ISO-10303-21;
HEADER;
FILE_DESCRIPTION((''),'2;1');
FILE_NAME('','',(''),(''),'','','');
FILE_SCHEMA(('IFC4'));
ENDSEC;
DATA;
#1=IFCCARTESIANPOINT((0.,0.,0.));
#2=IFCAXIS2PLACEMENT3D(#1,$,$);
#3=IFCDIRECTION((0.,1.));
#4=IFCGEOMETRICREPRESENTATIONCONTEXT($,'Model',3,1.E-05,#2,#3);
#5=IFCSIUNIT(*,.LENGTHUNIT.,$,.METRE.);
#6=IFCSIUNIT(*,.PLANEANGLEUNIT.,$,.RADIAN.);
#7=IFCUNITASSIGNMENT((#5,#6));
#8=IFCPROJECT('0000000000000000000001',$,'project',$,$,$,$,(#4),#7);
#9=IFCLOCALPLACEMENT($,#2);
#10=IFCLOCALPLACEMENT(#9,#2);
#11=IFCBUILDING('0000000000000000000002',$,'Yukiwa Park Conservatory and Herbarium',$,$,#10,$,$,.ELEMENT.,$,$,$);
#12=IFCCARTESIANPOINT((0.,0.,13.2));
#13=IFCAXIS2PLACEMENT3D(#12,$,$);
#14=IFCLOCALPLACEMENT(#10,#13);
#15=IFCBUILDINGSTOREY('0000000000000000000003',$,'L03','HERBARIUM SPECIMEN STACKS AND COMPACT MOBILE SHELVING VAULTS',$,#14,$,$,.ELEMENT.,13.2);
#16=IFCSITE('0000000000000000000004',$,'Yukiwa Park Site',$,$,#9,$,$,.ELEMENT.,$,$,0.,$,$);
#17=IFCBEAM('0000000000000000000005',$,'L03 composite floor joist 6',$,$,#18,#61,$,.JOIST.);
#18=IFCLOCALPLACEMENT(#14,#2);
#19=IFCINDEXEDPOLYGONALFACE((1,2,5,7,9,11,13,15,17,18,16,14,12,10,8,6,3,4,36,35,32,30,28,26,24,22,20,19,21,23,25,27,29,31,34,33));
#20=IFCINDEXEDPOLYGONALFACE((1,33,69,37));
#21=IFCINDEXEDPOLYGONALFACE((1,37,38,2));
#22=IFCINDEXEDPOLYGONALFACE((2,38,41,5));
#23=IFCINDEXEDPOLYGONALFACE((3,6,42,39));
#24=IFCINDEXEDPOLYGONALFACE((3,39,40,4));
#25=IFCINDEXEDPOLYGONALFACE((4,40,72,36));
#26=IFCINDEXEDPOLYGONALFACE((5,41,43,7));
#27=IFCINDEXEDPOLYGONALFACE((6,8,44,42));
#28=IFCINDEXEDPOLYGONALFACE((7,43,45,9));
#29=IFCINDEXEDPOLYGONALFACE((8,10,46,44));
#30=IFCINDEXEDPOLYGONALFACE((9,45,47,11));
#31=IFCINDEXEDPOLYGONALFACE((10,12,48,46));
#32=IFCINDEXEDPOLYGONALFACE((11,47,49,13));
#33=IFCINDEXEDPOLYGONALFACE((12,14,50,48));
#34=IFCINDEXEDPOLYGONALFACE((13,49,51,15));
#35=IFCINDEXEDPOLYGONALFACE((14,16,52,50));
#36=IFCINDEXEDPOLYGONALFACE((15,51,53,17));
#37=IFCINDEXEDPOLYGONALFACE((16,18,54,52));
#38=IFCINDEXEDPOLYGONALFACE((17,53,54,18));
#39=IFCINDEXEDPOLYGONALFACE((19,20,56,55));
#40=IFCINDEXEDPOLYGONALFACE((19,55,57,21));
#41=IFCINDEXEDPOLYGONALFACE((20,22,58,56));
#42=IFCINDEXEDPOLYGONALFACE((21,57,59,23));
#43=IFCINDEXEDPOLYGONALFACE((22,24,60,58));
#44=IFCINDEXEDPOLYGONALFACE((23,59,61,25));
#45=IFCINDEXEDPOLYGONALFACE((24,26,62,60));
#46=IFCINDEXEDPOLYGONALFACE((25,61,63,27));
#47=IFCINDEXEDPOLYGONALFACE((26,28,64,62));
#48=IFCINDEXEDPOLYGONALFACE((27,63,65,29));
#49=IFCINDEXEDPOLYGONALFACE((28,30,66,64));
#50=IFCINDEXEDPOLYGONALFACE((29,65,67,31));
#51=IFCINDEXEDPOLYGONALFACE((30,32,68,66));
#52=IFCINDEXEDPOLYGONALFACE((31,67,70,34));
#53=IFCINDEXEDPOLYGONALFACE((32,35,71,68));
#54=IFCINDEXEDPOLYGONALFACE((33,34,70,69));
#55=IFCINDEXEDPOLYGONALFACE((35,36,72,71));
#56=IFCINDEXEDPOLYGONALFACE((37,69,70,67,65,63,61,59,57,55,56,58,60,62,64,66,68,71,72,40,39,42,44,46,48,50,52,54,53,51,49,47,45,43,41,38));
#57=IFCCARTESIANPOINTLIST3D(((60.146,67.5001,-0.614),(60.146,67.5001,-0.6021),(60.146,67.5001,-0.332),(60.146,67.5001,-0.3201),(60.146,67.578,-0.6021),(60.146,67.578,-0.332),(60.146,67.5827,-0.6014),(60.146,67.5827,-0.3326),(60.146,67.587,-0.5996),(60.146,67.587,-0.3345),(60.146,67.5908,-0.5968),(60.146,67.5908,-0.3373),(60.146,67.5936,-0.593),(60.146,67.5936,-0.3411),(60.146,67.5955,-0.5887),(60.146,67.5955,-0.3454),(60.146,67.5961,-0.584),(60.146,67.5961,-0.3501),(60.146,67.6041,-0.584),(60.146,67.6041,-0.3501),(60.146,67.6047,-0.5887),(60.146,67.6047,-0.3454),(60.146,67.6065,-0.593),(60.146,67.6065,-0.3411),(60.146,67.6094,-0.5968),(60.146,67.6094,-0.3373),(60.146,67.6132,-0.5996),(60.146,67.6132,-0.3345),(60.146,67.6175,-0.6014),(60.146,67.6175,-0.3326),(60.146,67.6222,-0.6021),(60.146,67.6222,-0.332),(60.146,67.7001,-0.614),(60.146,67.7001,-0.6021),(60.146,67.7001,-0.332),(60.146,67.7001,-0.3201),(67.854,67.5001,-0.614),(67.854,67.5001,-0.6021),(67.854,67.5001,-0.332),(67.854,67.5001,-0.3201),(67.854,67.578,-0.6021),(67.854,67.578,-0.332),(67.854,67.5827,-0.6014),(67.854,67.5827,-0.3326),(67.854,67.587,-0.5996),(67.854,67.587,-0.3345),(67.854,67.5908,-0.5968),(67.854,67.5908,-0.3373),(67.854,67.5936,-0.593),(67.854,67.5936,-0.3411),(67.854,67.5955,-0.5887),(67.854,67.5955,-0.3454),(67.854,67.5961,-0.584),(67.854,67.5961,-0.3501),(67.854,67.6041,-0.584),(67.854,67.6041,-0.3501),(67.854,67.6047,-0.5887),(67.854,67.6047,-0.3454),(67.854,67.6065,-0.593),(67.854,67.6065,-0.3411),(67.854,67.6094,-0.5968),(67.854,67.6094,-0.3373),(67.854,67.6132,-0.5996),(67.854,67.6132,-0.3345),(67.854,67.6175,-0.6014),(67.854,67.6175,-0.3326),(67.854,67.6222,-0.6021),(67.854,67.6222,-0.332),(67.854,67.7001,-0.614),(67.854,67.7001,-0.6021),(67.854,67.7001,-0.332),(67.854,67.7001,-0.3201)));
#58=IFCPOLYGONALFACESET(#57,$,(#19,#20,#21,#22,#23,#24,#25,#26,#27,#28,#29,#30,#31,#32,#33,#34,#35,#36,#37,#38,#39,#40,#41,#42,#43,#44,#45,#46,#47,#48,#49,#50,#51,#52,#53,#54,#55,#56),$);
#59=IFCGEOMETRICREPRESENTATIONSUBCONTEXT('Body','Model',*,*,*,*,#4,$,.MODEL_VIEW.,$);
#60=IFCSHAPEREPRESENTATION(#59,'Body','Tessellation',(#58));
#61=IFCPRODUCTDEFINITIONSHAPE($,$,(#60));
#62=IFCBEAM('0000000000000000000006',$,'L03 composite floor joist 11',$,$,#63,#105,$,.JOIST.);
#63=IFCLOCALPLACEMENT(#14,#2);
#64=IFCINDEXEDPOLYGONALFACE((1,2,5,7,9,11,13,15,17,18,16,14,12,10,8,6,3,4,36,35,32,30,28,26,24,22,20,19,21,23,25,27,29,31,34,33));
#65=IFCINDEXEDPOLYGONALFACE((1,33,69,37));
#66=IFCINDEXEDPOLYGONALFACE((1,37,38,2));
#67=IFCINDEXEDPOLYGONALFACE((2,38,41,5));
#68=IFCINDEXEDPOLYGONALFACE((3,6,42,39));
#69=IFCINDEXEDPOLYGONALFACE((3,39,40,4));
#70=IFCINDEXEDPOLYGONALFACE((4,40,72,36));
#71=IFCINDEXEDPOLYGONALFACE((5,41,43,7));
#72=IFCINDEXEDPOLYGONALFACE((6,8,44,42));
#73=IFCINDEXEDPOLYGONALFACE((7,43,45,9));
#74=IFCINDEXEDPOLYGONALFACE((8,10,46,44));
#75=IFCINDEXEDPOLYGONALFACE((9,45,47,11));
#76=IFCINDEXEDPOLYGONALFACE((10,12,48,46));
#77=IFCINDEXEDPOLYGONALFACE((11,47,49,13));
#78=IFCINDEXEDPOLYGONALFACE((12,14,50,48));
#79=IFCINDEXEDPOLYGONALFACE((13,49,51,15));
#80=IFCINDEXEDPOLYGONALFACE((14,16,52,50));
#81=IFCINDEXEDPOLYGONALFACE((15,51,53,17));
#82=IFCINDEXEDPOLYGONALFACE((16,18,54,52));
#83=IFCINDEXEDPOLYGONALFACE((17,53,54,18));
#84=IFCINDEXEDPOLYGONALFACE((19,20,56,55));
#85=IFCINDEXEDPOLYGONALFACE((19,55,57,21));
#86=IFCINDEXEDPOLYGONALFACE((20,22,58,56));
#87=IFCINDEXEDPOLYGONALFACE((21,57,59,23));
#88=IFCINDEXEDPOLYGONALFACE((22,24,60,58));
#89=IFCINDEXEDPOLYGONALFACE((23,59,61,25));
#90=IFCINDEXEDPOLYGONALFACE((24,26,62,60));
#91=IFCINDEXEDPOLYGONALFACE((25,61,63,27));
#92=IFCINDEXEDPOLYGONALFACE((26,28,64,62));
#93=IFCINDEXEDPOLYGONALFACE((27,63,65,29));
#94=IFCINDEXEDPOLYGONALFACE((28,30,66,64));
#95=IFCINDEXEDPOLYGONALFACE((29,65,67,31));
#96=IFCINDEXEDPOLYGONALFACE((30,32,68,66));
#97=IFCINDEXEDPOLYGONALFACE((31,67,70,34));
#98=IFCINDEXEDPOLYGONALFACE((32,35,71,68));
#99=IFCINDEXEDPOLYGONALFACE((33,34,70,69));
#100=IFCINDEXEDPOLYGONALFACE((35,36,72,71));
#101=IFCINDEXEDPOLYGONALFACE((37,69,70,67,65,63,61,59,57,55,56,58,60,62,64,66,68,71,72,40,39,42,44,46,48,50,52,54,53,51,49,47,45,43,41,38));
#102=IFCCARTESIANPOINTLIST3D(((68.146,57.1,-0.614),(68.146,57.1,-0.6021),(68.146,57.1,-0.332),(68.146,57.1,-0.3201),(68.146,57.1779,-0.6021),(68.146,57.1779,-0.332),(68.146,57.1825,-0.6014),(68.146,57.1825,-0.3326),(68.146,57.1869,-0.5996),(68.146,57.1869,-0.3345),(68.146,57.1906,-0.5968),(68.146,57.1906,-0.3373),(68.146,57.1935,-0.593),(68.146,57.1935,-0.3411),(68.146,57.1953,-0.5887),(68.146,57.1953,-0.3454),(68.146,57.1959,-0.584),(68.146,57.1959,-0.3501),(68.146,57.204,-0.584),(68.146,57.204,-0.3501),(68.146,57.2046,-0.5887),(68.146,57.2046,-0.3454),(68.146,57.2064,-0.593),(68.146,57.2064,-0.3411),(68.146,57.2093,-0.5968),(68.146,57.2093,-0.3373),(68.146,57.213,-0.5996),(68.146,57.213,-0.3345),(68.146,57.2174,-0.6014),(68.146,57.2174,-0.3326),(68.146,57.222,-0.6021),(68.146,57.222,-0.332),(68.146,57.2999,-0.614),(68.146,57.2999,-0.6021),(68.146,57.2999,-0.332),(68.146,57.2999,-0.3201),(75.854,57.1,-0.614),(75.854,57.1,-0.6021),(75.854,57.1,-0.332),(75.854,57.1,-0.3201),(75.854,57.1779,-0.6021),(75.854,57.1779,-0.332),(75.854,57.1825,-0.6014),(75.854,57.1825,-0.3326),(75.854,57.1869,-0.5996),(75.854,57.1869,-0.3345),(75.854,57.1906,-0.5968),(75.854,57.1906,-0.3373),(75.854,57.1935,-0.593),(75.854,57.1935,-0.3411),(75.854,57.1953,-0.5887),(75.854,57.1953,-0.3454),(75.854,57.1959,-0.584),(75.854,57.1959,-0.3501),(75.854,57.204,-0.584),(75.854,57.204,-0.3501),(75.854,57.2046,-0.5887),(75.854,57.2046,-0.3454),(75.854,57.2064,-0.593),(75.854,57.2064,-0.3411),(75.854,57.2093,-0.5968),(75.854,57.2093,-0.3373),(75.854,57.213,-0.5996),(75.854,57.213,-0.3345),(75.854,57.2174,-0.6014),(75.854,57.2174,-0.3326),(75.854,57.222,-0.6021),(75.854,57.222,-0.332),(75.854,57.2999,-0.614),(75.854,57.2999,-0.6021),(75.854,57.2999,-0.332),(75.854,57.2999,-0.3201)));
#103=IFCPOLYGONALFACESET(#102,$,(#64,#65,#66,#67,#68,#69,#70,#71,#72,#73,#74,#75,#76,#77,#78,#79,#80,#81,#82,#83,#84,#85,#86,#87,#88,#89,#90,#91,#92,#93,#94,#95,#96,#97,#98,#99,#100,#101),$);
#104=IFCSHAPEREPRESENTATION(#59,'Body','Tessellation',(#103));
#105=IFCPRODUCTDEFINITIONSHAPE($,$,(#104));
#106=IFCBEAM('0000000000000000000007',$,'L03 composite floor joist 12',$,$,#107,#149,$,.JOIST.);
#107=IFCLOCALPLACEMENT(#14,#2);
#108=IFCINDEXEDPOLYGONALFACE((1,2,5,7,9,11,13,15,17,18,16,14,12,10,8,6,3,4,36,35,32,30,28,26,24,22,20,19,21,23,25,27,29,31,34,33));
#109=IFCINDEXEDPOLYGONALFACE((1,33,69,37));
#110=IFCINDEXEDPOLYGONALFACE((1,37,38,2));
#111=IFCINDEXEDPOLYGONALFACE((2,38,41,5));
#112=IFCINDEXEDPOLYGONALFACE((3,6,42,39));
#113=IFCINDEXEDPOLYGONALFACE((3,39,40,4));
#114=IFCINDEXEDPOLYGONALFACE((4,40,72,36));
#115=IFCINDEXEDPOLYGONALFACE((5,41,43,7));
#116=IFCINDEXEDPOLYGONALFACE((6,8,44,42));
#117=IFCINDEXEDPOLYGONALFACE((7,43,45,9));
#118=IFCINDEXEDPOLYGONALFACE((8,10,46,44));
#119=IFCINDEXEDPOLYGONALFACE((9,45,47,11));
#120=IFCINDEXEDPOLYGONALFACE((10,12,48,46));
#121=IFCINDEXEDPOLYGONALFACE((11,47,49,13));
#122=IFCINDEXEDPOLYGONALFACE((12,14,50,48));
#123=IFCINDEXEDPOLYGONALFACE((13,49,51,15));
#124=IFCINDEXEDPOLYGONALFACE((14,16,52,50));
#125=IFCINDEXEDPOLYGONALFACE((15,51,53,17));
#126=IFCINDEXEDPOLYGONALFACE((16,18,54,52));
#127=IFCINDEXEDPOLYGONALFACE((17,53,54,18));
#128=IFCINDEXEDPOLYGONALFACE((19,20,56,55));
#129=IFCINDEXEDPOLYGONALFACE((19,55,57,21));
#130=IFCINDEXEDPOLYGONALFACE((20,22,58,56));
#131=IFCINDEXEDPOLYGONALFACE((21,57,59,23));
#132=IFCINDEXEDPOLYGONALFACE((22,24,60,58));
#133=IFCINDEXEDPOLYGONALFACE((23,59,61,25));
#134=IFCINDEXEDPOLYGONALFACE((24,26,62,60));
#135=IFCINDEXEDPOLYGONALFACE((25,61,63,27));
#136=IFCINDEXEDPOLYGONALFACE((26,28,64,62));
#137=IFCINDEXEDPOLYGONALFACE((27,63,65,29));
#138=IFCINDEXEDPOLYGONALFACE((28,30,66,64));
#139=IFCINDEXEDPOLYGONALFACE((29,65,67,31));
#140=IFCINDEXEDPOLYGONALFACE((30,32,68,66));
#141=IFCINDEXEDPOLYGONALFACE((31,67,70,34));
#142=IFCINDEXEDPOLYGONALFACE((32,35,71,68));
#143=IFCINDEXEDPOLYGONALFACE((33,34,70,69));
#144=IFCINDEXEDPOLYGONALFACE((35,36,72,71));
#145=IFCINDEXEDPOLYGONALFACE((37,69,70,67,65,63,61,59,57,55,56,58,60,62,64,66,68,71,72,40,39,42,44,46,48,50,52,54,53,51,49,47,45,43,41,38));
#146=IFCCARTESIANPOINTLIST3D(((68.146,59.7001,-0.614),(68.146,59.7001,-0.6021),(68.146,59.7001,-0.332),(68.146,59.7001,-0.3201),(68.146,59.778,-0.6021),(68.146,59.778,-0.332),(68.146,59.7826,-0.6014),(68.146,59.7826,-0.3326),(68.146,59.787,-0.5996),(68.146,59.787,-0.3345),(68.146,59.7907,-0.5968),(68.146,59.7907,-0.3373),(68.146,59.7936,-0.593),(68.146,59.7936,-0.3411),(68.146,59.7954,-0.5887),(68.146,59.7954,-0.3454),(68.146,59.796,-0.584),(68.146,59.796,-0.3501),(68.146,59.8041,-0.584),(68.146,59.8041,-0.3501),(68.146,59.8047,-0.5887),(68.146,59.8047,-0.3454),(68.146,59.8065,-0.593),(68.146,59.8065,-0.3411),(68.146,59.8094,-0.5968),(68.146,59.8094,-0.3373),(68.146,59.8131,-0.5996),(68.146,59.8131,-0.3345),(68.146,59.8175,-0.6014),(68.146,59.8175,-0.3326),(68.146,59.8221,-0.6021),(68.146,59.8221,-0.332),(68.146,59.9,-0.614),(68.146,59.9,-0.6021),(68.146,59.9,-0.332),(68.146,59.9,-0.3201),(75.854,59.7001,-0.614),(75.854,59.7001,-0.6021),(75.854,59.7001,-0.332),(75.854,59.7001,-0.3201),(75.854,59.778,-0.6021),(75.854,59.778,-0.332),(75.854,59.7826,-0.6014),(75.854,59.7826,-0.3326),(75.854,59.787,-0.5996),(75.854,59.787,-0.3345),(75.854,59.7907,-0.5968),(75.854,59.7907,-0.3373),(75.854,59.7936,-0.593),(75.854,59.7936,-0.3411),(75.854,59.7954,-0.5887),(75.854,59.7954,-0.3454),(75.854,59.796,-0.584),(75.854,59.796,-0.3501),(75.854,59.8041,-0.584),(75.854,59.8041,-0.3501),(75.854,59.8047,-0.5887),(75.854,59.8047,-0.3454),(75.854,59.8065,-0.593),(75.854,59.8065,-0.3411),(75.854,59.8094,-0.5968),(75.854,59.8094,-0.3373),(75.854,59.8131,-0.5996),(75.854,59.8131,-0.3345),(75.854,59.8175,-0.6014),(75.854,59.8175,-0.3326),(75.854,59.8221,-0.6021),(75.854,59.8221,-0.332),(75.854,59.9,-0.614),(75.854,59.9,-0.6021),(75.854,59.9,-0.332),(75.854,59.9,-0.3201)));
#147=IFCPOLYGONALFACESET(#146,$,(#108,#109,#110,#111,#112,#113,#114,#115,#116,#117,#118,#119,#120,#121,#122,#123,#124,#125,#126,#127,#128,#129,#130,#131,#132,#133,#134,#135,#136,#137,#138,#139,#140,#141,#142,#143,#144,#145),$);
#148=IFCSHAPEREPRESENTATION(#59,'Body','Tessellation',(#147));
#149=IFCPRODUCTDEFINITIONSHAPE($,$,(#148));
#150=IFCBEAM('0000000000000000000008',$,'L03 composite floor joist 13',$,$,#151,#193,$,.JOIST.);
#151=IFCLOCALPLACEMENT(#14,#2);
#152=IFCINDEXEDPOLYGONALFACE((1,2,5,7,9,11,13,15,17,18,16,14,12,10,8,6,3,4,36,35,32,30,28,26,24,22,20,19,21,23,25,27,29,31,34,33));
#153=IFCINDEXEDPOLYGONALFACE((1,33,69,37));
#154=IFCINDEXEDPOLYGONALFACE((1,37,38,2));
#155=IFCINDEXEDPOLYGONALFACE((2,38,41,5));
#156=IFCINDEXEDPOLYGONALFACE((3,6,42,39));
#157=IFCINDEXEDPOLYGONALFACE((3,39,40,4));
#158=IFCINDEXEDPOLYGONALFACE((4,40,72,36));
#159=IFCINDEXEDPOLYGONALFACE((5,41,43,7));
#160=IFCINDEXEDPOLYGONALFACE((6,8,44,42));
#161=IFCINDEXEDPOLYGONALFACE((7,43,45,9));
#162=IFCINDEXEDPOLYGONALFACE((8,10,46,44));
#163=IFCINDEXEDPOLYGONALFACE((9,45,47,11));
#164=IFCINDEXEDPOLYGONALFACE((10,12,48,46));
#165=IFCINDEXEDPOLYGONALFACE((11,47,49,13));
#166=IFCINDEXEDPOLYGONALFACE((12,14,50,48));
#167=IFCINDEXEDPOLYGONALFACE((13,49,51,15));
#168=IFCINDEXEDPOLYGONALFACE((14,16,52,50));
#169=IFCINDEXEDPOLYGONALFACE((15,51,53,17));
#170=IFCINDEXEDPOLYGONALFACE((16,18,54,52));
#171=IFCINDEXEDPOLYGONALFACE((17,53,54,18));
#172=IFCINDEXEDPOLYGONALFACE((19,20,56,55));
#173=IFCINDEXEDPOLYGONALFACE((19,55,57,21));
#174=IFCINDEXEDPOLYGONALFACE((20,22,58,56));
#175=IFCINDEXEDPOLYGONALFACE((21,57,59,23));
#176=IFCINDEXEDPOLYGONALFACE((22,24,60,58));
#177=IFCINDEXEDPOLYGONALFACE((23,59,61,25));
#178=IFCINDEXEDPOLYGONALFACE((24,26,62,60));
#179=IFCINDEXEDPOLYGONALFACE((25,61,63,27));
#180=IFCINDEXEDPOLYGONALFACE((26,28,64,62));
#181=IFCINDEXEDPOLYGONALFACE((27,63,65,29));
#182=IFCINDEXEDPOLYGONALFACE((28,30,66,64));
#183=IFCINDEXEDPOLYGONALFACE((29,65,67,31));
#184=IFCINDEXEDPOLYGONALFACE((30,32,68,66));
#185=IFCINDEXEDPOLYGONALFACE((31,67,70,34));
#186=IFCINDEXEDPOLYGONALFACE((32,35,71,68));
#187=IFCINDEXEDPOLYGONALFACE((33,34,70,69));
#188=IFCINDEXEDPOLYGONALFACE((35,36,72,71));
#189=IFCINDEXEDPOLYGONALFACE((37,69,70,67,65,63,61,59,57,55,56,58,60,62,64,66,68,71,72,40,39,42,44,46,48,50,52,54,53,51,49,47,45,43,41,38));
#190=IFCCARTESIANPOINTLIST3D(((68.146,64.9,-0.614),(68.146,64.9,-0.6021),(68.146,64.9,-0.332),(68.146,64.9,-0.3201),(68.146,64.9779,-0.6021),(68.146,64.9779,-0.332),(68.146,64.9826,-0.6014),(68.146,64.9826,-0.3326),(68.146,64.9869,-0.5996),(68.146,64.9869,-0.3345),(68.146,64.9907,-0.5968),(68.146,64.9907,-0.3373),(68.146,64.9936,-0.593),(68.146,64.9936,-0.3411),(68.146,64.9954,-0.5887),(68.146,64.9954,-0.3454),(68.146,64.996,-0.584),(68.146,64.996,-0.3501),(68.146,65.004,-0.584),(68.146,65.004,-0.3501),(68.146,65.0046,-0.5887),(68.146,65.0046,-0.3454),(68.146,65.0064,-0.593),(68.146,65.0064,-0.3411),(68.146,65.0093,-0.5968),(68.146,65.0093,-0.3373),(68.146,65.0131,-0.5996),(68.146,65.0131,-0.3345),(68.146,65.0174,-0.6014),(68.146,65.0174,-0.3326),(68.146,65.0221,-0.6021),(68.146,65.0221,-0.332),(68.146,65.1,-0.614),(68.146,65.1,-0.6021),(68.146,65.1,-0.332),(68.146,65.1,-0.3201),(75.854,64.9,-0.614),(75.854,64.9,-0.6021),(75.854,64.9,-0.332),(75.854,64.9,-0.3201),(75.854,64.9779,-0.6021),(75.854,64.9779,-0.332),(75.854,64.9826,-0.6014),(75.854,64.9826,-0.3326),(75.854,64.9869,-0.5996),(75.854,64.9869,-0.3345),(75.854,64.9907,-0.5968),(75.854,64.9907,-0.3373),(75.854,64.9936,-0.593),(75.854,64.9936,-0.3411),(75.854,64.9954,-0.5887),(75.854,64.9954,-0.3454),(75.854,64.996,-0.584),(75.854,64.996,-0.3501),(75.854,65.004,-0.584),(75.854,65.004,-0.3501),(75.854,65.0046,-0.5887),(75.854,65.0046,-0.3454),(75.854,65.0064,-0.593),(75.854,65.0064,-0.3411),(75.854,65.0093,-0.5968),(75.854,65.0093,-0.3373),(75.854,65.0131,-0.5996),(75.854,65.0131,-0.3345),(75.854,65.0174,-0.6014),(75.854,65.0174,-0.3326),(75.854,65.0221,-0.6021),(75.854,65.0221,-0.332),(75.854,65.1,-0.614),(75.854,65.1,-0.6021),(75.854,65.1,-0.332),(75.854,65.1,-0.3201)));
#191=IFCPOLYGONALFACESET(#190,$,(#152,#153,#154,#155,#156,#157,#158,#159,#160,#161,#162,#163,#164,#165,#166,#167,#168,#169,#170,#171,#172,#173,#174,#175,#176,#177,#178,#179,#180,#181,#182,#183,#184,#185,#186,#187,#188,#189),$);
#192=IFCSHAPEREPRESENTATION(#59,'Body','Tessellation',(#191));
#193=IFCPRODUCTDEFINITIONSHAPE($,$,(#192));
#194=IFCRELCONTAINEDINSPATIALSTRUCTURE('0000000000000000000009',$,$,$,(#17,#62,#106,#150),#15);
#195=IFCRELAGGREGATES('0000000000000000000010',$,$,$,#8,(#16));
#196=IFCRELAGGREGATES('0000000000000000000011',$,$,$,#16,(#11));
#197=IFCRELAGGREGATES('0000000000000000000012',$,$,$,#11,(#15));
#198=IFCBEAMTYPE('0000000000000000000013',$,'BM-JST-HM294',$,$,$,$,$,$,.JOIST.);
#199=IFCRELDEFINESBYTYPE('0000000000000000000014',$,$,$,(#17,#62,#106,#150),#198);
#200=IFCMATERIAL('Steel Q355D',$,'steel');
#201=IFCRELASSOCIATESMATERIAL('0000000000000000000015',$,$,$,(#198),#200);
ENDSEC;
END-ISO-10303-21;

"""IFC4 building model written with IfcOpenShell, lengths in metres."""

from ifc_helpers import new_model, si_unit, direction, frame, origin, origin_2d, place, context, subcontext, project, spatial, i_section, extrude, material, material_profile, profile_set, type_object, element, save


model = new_model("IFC4")

# Units and contexts
model_context = context("Model", 3, precision=1e-05, world=origin(), true_north=direction((0.0, 1.0)))
body_context = subcontext(model_context, "Body", "Model", "MODEL_VIEW")
ifc_project = project(units=[si_unit("LENGTHUNIT", "METRE"), si_unit("PLANEANGLEUNIT", "RADIAN")], contexts=[model_context])

# Site, building, storey
site_placement = place(None, origin())
site = spatial("IfcSite", under=ifc_project, at=site_placement, Name="Yukiwa Park Site", CompositionType="ELEMENT", RefElevation=0.0)
building_placement = place(site_placement, origin())
building = spatial("IfcBuilding", under=site, at=building_placement, Name="Yukiwa Park Conservatory and Herbarium", CompositionType="ELEMENT")
storey_placement = place(building_placement, frame((0.0, 0.0, 13.2)))
storey = spatial("IfcBuildingStorey", under=building, at=storey_placement, Name="L03", Description="HERBARIUM SPECIMEN STACKS AND COMPACT MOBILE SHELVING VAULTS", CompositionType="ELEMENT", Elevation=13.2)

# Beams
ifc_material_1 = material(Name="Steel Q355D", Category="steel")
ifc_material_profile_1 = material_profile(ifc_material_1, i_section(OverallWidth=0.2, OverallDepth=0.2939, WebThickness=0.0081, FlangeThickness=0.012, FilletRadius=0.0181, at=origin_2d()), Name="HM 294x200x8x12")
ifc_profile_set_1 = profile_set([ifc_material_profile_1], Name="Steel Q355D")
beam_type_1 = type_object("IfcBeamType", Name="BM-JST-HM294", PredefinedType="JOIST", material=ifc_profile_set_1)
for number, where, z_axis, x_axis, name in (
    (1, (60.146, 67.6001, -0.467), (1.0, 0.0, 0.0), (0.0, 1.0, 0.0), "L03 composite floor joist 6"),
    (2, (68.146, 57.2, -0.467), (1.0, 0.0, 0.0), (0.0, 1.0, 0.0), "L03 composite floor joist 11"),
    (3, (68.146, 59.8, -0.467), (1.0, 0.0, 0.0), (0.0, 1.0, 0.0), "L03 composite floor joist 12"),
    (4, (68.146, 65.0, -0.467), (1.0, 0.0, 0.0), (0.0, 1.0, 0.0), "L03 composite floor joist 13"),
):
    element("IfcBeam", number, at=place(storey_placement, frame(where, z_axis=z_axis, x_axis=x_axis)), inside=storey, type_object=beam_type_1, Name=name, PredefinedType="JOIST", context=body_context, shape_type="SweptSolid", body=[
        extrude(i_section(OverallWidth=0.2, OverallDepth=0.2939, WebThickness=0.0081, FlangeThickness=0.012, FilletRadius=0.0181, at=origin_2d()), origin(), (0.0, 0.0, 1.0), 7.708),
    ])

save(model, "model.ifc")
